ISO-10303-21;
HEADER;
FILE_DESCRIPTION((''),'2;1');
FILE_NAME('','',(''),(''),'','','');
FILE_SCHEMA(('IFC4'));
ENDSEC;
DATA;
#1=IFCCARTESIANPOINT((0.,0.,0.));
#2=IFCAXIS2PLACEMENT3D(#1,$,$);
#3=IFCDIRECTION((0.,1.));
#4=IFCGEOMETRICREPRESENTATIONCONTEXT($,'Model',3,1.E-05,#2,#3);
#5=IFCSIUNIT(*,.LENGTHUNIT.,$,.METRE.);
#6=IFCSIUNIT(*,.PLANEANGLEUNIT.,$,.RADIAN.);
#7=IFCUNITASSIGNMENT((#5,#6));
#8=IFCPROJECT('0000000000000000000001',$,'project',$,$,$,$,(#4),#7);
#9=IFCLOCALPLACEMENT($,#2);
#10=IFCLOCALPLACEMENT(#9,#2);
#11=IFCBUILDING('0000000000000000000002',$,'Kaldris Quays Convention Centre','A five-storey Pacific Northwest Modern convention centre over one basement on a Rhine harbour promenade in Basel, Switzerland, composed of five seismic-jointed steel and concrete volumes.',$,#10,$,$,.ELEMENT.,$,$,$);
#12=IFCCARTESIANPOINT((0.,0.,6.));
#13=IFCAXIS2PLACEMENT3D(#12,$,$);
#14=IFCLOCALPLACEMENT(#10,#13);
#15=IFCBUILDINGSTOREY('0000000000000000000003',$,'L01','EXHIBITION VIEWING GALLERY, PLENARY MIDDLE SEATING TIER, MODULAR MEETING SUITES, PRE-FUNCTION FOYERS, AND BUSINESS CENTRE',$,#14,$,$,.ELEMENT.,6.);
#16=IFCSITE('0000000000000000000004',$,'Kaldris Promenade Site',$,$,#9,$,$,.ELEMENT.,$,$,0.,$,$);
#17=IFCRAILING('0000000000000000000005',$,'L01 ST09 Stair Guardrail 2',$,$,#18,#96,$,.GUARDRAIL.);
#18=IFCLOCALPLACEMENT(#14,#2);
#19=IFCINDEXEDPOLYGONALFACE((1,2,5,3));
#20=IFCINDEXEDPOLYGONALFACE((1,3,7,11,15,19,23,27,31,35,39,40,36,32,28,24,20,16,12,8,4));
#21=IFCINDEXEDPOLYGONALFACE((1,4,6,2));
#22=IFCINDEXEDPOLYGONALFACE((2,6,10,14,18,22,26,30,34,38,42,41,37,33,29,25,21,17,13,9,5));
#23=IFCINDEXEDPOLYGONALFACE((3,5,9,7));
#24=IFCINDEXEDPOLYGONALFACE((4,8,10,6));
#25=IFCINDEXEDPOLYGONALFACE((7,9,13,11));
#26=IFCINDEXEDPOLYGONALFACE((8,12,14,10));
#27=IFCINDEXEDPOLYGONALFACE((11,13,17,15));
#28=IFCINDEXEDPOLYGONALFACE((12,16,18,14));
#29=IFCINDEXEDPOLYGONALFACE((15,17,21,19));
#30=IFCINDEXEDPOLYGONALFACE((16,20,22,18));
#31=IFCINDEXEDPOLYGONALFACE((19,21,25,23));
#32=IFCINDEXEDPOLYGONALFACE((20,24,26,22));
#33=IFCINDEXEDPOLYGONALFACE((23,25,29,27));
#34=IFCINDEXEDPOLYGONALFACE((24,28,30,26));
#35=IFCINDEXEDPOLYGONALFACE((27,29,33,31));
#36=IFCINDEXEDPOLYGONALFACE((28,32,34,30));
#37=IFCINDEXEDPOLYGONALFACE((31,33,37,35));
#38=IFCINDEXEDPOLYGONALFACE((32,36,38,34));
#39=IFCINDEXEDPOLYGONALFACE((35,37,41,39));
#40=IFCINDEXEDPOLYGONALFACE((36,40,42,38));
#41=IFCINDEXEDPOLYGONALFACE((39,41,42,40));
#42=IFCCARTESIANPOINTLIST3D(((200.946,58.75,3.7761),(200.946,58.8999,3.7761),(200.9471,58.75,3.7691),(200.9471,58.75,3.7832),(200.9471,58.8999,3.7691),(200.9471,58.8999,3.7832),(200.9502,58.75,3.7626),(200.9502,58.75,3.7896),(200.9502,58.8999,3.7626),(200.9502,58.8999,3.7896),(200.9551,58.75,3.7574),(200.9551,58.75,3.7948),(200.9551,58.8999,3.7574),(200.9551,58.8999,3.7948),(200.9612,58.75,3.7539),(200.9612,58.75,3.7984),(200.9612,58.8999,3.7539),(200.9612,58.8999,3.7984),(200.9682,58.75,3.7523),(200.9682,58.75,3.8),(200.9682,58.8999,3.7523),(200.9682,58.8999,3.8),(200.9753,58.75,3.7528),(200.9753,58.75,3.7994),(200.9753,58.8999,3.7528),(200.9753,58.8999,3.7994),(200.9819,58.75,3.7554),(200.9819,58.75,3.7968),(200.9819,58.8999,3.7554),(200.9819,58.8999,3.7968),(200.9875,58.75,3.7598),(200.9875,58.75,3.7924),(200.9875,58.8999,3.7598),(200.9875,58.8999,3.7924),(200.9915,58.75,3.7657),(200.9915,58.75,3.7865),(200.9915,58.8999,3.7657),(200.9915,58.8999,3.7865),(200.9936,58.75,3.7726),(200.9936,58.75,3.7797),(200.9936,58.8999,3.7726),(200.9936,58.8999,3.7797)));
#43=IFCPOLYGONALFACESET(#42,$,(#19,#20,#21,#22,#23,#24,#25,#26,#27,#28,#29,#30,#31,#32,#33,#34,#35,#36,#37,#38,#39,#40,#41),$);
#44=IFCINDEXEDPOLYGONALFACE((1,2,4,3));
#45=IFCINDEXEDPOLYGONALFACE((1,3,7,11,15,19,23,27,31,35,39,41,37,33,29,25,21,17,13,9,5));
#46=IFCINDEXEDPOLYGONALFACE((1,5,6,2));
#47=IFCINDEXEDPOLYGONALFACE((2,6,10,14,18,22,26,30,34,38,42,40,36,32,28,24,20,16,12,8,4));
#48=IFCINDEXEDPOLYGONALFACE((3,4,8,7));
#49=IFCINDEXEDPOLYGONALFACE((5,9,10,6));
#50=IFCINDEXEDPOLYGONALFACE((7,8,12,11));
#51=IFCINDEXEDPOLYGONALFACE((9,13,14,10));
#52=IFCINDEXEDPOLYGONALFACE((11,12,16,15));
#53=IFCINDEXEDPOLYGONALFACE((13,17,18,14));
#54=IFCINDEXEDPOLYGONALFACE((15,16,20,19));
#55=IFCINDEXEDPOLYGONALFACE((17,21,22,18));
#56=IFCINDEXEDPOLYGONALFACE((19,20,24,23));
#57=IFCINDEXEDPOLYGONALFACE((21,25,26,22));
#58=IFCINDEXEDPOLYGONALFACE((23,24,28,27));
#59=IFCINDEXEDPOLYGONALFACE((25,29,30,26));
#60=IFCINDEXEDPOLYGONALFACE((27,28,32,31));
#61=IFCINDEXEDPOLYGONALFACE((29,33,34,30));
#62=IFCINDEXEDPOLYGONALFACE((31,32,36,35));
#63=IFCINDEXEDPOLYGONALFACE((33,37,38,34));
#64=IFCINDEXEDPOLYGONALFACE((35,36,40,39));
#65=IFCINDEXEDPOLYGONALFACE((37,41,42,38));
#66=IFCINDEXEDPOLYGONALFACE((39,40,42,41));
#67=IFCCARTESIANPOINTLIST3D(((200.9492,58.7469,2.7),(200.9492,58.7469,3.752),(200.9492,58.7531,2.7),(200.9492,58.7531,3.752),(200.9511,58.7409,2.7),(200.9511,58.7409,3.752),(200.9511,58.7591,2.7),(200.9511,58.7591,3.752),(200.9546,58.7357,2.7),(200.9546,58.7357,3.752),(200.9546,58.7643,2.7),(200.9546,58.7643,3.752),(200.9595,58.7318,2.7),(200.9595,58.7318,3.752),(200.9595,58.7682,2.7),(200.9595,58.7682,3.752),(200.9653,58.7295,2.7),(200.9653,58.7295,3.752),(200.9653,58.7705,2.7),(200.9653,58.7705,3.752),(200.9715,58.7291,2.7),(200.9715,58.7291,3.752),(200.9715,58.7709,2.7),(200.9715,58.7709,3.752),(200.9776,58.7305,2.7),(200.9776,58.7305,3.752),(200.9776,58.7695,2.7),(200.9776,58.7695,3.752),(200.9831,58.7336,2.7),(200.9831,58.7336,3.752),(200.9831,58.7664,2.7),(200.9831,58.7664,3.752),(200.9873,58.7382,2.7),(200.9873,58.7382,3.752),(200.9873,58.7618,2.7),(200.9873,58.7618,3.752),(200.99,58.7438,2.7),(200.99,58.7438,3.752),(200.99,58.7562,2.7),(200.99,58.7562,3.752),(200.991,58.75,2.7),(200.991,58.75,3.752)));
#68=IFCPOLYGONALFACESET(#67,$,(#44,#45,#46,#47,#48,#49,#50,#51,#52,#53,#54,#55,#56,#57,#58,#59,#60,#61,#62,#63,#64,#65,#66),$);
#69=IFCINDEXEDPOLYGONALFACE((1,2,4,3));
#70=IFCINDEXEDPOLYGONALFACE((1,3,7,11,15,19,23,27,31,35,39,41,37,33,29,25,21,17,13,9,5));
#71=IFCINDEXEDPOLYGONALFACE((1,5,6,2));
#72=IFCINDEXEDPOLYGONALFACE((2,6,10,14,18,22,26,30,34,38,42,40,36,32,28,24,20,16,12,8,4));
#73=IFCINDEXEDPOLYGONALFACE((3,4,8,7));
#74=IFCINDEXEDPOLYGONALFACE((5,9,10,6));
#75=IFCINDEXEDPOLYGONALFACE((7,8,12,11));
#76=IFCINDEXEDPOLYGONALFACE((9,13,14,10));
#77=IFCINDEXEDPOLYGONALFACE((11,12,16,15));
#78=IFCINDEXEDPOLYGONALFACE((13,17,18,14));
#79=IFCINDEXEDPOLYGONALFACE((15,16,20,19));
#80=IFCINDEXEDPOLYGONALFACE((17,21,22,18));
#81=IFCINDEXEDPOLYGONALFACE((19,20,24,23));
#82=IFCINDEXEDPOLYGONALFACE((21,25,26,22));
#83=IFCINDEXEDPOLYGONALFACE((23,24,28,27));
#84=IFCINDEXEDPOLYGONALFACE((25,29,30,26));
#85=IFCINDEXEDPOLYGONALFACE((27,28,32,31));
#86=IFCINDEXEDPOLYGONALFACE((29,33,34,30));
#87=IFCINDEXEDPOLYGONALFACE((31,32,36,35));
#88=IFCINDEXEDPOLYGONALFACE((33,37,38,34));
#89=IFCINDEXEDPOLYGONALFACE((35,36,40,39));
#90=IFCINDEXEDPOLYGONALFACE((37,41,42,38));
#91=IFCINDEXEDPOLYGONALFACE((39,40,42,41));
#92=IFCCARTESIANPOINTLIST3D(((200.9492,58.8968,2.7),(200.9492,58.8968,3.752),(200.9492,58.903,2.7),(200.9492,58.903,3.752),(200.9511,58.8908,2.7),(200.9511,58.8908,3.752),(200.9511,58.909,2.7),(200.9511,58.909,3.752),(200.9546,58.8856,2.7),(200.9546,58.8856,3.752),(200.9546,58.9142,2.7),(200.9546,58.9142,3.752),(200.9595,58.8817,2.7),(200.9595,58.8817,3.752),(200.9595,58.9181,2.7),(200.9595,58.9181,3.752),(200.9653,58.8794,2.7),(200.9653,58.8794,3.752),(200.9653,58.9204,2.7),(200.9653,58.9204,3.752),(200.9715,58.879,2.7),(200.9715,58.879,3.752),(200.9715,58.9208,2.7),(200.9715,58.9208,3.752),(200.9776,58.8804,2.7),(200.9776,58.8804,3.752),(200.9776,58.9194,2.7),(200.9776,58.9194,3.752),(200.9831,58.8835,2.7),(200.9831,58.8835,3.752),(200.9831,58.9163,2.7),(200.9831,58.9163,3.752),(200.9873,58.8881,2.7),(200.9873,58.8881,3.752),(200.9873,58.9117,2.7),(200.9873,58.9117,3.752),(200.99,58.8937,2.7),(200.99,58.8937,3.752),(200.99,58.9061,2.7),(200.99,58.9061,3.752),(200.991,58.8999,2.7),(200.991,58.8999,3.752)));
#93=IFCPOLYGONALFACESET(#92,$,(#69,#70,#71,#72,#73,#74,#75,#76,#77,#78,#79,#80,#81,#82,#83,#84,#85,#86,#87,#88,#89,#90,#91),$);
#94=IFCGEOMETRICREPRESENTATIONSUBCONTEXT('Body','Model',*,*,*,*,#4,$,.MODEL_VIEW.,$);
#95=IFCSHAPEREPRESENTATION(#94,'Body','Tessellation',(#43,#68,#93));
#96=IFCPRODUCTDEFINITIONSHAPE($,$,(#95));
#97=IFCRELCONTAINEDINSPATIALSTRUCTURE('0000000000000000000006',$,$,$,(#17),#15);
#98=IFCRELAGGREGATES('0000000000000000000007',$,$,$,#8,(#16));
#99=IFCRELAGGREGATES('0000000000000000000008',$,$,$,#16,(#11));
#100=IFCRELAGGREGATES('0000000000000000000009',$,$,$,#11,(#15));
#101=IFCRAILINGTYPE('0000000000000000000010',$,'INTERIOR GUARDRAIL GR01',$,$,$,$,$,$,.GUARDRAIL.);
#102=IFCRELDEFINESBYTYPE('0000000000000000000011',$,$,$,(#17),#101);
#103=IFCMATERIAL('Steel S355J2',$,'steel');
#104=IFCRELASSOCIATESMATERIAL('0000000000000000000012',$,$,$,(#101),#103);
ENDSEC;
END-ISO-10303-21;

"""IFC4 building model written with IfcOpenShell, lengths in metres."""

from ifc_helpers import new_model, si_unit, direction, frame, origin, origin_2d, place, context, subcontext, project, spatial, circle, extrude, material, type_object, element, save


model = new_model("IFC4")

# Units and contexts
model_context = context("Model", 3, precision=1e-05, world=origin(), true_north=direction((0.0, 1.0)))
body_context = subcontext(model_context, "Body", "Model", "MODEL_VIEW")
ifc_project = project(units=[si_unit("LENGTHUNIT", "METRE"), si_unit("PLANEANGLEUNIT", "RADIAN")], contexts=[model_context])

# Site, building, storey
site_placement = place(None, origin())
site = spatial("IfcSite", under=ifc_project, at=site_placement, Name="Kaldris Promenade Site", CompositionType="ELEMENT", RefElevation=0.0)
building_placement = place(site_placement, origin())
building = spatial("IfcBuilding", under=site, at=building_placement, Name="Kaldris Quays Convention Centre", Description="A five-storey Pacific Northwest Modern convention centre over one basement on a Rhine harbour promenade in Basel, Switzerland, composed of five seismic-jointed steel and concrete volumes.", CompositionType="ELEMENT")
storey_placement = place(building_placement, frame((0.0, 0.0, 6.0)))
storey = spatial("IfcBuildingStorey", under=building, at=storey_placement, Name="L01", Description="EXHIBITION VIEWING GALLERY, PLENARY MIDDLE SEATING TIER, MODULAR MEETING SUITES, PRE-FUNCTION FOYERS, AND BUSINESS CENTRE", CompositionType="ELEMENT", Elevation=6.0)

# Railing
ifc_material_1 = material(Name="Steel S355J2", Category="steel")
railing_type_1 = type_object("IfcRailingType", Name="INTERIOR GUARDRAIL GR01", PredefinedType="GUARDRAIL", material=ifc_material_1)
railing_1_placement = place(storey_placement, frame((200.97, 58.75, 2.7)))
element("IfcRailing", 1, at=railing_1_placement, inside=storey, type_object=railing_type_1, Name="L01 ST09 Stair Guardrail 2", PredefinedType="GUARDRAIL", context=body_context, shape_type="SweptSolid", body=[
    extrude(circle(Radius=0.0239, at=origin_2d()), frame((0.0, 0.0, 1.0762), z_axis=(0.0, 1.0, 0.0), x_axis=(-1.0, 0.0, 0.0)), (0.0, 0.0, 1.0), 0.1499),
    extrude(circle(Radius=0.021, at=origin_2d()), origin(), (0.0, 0.0, 1.0), 1.052),
    extrude(circle(Radius=0.021, at=origin_2d()), frame((0.0, 0.1499, 0.0)), (0.0, 0.0, 1.0), 1.052),
])

save(model, "model.ifc")
